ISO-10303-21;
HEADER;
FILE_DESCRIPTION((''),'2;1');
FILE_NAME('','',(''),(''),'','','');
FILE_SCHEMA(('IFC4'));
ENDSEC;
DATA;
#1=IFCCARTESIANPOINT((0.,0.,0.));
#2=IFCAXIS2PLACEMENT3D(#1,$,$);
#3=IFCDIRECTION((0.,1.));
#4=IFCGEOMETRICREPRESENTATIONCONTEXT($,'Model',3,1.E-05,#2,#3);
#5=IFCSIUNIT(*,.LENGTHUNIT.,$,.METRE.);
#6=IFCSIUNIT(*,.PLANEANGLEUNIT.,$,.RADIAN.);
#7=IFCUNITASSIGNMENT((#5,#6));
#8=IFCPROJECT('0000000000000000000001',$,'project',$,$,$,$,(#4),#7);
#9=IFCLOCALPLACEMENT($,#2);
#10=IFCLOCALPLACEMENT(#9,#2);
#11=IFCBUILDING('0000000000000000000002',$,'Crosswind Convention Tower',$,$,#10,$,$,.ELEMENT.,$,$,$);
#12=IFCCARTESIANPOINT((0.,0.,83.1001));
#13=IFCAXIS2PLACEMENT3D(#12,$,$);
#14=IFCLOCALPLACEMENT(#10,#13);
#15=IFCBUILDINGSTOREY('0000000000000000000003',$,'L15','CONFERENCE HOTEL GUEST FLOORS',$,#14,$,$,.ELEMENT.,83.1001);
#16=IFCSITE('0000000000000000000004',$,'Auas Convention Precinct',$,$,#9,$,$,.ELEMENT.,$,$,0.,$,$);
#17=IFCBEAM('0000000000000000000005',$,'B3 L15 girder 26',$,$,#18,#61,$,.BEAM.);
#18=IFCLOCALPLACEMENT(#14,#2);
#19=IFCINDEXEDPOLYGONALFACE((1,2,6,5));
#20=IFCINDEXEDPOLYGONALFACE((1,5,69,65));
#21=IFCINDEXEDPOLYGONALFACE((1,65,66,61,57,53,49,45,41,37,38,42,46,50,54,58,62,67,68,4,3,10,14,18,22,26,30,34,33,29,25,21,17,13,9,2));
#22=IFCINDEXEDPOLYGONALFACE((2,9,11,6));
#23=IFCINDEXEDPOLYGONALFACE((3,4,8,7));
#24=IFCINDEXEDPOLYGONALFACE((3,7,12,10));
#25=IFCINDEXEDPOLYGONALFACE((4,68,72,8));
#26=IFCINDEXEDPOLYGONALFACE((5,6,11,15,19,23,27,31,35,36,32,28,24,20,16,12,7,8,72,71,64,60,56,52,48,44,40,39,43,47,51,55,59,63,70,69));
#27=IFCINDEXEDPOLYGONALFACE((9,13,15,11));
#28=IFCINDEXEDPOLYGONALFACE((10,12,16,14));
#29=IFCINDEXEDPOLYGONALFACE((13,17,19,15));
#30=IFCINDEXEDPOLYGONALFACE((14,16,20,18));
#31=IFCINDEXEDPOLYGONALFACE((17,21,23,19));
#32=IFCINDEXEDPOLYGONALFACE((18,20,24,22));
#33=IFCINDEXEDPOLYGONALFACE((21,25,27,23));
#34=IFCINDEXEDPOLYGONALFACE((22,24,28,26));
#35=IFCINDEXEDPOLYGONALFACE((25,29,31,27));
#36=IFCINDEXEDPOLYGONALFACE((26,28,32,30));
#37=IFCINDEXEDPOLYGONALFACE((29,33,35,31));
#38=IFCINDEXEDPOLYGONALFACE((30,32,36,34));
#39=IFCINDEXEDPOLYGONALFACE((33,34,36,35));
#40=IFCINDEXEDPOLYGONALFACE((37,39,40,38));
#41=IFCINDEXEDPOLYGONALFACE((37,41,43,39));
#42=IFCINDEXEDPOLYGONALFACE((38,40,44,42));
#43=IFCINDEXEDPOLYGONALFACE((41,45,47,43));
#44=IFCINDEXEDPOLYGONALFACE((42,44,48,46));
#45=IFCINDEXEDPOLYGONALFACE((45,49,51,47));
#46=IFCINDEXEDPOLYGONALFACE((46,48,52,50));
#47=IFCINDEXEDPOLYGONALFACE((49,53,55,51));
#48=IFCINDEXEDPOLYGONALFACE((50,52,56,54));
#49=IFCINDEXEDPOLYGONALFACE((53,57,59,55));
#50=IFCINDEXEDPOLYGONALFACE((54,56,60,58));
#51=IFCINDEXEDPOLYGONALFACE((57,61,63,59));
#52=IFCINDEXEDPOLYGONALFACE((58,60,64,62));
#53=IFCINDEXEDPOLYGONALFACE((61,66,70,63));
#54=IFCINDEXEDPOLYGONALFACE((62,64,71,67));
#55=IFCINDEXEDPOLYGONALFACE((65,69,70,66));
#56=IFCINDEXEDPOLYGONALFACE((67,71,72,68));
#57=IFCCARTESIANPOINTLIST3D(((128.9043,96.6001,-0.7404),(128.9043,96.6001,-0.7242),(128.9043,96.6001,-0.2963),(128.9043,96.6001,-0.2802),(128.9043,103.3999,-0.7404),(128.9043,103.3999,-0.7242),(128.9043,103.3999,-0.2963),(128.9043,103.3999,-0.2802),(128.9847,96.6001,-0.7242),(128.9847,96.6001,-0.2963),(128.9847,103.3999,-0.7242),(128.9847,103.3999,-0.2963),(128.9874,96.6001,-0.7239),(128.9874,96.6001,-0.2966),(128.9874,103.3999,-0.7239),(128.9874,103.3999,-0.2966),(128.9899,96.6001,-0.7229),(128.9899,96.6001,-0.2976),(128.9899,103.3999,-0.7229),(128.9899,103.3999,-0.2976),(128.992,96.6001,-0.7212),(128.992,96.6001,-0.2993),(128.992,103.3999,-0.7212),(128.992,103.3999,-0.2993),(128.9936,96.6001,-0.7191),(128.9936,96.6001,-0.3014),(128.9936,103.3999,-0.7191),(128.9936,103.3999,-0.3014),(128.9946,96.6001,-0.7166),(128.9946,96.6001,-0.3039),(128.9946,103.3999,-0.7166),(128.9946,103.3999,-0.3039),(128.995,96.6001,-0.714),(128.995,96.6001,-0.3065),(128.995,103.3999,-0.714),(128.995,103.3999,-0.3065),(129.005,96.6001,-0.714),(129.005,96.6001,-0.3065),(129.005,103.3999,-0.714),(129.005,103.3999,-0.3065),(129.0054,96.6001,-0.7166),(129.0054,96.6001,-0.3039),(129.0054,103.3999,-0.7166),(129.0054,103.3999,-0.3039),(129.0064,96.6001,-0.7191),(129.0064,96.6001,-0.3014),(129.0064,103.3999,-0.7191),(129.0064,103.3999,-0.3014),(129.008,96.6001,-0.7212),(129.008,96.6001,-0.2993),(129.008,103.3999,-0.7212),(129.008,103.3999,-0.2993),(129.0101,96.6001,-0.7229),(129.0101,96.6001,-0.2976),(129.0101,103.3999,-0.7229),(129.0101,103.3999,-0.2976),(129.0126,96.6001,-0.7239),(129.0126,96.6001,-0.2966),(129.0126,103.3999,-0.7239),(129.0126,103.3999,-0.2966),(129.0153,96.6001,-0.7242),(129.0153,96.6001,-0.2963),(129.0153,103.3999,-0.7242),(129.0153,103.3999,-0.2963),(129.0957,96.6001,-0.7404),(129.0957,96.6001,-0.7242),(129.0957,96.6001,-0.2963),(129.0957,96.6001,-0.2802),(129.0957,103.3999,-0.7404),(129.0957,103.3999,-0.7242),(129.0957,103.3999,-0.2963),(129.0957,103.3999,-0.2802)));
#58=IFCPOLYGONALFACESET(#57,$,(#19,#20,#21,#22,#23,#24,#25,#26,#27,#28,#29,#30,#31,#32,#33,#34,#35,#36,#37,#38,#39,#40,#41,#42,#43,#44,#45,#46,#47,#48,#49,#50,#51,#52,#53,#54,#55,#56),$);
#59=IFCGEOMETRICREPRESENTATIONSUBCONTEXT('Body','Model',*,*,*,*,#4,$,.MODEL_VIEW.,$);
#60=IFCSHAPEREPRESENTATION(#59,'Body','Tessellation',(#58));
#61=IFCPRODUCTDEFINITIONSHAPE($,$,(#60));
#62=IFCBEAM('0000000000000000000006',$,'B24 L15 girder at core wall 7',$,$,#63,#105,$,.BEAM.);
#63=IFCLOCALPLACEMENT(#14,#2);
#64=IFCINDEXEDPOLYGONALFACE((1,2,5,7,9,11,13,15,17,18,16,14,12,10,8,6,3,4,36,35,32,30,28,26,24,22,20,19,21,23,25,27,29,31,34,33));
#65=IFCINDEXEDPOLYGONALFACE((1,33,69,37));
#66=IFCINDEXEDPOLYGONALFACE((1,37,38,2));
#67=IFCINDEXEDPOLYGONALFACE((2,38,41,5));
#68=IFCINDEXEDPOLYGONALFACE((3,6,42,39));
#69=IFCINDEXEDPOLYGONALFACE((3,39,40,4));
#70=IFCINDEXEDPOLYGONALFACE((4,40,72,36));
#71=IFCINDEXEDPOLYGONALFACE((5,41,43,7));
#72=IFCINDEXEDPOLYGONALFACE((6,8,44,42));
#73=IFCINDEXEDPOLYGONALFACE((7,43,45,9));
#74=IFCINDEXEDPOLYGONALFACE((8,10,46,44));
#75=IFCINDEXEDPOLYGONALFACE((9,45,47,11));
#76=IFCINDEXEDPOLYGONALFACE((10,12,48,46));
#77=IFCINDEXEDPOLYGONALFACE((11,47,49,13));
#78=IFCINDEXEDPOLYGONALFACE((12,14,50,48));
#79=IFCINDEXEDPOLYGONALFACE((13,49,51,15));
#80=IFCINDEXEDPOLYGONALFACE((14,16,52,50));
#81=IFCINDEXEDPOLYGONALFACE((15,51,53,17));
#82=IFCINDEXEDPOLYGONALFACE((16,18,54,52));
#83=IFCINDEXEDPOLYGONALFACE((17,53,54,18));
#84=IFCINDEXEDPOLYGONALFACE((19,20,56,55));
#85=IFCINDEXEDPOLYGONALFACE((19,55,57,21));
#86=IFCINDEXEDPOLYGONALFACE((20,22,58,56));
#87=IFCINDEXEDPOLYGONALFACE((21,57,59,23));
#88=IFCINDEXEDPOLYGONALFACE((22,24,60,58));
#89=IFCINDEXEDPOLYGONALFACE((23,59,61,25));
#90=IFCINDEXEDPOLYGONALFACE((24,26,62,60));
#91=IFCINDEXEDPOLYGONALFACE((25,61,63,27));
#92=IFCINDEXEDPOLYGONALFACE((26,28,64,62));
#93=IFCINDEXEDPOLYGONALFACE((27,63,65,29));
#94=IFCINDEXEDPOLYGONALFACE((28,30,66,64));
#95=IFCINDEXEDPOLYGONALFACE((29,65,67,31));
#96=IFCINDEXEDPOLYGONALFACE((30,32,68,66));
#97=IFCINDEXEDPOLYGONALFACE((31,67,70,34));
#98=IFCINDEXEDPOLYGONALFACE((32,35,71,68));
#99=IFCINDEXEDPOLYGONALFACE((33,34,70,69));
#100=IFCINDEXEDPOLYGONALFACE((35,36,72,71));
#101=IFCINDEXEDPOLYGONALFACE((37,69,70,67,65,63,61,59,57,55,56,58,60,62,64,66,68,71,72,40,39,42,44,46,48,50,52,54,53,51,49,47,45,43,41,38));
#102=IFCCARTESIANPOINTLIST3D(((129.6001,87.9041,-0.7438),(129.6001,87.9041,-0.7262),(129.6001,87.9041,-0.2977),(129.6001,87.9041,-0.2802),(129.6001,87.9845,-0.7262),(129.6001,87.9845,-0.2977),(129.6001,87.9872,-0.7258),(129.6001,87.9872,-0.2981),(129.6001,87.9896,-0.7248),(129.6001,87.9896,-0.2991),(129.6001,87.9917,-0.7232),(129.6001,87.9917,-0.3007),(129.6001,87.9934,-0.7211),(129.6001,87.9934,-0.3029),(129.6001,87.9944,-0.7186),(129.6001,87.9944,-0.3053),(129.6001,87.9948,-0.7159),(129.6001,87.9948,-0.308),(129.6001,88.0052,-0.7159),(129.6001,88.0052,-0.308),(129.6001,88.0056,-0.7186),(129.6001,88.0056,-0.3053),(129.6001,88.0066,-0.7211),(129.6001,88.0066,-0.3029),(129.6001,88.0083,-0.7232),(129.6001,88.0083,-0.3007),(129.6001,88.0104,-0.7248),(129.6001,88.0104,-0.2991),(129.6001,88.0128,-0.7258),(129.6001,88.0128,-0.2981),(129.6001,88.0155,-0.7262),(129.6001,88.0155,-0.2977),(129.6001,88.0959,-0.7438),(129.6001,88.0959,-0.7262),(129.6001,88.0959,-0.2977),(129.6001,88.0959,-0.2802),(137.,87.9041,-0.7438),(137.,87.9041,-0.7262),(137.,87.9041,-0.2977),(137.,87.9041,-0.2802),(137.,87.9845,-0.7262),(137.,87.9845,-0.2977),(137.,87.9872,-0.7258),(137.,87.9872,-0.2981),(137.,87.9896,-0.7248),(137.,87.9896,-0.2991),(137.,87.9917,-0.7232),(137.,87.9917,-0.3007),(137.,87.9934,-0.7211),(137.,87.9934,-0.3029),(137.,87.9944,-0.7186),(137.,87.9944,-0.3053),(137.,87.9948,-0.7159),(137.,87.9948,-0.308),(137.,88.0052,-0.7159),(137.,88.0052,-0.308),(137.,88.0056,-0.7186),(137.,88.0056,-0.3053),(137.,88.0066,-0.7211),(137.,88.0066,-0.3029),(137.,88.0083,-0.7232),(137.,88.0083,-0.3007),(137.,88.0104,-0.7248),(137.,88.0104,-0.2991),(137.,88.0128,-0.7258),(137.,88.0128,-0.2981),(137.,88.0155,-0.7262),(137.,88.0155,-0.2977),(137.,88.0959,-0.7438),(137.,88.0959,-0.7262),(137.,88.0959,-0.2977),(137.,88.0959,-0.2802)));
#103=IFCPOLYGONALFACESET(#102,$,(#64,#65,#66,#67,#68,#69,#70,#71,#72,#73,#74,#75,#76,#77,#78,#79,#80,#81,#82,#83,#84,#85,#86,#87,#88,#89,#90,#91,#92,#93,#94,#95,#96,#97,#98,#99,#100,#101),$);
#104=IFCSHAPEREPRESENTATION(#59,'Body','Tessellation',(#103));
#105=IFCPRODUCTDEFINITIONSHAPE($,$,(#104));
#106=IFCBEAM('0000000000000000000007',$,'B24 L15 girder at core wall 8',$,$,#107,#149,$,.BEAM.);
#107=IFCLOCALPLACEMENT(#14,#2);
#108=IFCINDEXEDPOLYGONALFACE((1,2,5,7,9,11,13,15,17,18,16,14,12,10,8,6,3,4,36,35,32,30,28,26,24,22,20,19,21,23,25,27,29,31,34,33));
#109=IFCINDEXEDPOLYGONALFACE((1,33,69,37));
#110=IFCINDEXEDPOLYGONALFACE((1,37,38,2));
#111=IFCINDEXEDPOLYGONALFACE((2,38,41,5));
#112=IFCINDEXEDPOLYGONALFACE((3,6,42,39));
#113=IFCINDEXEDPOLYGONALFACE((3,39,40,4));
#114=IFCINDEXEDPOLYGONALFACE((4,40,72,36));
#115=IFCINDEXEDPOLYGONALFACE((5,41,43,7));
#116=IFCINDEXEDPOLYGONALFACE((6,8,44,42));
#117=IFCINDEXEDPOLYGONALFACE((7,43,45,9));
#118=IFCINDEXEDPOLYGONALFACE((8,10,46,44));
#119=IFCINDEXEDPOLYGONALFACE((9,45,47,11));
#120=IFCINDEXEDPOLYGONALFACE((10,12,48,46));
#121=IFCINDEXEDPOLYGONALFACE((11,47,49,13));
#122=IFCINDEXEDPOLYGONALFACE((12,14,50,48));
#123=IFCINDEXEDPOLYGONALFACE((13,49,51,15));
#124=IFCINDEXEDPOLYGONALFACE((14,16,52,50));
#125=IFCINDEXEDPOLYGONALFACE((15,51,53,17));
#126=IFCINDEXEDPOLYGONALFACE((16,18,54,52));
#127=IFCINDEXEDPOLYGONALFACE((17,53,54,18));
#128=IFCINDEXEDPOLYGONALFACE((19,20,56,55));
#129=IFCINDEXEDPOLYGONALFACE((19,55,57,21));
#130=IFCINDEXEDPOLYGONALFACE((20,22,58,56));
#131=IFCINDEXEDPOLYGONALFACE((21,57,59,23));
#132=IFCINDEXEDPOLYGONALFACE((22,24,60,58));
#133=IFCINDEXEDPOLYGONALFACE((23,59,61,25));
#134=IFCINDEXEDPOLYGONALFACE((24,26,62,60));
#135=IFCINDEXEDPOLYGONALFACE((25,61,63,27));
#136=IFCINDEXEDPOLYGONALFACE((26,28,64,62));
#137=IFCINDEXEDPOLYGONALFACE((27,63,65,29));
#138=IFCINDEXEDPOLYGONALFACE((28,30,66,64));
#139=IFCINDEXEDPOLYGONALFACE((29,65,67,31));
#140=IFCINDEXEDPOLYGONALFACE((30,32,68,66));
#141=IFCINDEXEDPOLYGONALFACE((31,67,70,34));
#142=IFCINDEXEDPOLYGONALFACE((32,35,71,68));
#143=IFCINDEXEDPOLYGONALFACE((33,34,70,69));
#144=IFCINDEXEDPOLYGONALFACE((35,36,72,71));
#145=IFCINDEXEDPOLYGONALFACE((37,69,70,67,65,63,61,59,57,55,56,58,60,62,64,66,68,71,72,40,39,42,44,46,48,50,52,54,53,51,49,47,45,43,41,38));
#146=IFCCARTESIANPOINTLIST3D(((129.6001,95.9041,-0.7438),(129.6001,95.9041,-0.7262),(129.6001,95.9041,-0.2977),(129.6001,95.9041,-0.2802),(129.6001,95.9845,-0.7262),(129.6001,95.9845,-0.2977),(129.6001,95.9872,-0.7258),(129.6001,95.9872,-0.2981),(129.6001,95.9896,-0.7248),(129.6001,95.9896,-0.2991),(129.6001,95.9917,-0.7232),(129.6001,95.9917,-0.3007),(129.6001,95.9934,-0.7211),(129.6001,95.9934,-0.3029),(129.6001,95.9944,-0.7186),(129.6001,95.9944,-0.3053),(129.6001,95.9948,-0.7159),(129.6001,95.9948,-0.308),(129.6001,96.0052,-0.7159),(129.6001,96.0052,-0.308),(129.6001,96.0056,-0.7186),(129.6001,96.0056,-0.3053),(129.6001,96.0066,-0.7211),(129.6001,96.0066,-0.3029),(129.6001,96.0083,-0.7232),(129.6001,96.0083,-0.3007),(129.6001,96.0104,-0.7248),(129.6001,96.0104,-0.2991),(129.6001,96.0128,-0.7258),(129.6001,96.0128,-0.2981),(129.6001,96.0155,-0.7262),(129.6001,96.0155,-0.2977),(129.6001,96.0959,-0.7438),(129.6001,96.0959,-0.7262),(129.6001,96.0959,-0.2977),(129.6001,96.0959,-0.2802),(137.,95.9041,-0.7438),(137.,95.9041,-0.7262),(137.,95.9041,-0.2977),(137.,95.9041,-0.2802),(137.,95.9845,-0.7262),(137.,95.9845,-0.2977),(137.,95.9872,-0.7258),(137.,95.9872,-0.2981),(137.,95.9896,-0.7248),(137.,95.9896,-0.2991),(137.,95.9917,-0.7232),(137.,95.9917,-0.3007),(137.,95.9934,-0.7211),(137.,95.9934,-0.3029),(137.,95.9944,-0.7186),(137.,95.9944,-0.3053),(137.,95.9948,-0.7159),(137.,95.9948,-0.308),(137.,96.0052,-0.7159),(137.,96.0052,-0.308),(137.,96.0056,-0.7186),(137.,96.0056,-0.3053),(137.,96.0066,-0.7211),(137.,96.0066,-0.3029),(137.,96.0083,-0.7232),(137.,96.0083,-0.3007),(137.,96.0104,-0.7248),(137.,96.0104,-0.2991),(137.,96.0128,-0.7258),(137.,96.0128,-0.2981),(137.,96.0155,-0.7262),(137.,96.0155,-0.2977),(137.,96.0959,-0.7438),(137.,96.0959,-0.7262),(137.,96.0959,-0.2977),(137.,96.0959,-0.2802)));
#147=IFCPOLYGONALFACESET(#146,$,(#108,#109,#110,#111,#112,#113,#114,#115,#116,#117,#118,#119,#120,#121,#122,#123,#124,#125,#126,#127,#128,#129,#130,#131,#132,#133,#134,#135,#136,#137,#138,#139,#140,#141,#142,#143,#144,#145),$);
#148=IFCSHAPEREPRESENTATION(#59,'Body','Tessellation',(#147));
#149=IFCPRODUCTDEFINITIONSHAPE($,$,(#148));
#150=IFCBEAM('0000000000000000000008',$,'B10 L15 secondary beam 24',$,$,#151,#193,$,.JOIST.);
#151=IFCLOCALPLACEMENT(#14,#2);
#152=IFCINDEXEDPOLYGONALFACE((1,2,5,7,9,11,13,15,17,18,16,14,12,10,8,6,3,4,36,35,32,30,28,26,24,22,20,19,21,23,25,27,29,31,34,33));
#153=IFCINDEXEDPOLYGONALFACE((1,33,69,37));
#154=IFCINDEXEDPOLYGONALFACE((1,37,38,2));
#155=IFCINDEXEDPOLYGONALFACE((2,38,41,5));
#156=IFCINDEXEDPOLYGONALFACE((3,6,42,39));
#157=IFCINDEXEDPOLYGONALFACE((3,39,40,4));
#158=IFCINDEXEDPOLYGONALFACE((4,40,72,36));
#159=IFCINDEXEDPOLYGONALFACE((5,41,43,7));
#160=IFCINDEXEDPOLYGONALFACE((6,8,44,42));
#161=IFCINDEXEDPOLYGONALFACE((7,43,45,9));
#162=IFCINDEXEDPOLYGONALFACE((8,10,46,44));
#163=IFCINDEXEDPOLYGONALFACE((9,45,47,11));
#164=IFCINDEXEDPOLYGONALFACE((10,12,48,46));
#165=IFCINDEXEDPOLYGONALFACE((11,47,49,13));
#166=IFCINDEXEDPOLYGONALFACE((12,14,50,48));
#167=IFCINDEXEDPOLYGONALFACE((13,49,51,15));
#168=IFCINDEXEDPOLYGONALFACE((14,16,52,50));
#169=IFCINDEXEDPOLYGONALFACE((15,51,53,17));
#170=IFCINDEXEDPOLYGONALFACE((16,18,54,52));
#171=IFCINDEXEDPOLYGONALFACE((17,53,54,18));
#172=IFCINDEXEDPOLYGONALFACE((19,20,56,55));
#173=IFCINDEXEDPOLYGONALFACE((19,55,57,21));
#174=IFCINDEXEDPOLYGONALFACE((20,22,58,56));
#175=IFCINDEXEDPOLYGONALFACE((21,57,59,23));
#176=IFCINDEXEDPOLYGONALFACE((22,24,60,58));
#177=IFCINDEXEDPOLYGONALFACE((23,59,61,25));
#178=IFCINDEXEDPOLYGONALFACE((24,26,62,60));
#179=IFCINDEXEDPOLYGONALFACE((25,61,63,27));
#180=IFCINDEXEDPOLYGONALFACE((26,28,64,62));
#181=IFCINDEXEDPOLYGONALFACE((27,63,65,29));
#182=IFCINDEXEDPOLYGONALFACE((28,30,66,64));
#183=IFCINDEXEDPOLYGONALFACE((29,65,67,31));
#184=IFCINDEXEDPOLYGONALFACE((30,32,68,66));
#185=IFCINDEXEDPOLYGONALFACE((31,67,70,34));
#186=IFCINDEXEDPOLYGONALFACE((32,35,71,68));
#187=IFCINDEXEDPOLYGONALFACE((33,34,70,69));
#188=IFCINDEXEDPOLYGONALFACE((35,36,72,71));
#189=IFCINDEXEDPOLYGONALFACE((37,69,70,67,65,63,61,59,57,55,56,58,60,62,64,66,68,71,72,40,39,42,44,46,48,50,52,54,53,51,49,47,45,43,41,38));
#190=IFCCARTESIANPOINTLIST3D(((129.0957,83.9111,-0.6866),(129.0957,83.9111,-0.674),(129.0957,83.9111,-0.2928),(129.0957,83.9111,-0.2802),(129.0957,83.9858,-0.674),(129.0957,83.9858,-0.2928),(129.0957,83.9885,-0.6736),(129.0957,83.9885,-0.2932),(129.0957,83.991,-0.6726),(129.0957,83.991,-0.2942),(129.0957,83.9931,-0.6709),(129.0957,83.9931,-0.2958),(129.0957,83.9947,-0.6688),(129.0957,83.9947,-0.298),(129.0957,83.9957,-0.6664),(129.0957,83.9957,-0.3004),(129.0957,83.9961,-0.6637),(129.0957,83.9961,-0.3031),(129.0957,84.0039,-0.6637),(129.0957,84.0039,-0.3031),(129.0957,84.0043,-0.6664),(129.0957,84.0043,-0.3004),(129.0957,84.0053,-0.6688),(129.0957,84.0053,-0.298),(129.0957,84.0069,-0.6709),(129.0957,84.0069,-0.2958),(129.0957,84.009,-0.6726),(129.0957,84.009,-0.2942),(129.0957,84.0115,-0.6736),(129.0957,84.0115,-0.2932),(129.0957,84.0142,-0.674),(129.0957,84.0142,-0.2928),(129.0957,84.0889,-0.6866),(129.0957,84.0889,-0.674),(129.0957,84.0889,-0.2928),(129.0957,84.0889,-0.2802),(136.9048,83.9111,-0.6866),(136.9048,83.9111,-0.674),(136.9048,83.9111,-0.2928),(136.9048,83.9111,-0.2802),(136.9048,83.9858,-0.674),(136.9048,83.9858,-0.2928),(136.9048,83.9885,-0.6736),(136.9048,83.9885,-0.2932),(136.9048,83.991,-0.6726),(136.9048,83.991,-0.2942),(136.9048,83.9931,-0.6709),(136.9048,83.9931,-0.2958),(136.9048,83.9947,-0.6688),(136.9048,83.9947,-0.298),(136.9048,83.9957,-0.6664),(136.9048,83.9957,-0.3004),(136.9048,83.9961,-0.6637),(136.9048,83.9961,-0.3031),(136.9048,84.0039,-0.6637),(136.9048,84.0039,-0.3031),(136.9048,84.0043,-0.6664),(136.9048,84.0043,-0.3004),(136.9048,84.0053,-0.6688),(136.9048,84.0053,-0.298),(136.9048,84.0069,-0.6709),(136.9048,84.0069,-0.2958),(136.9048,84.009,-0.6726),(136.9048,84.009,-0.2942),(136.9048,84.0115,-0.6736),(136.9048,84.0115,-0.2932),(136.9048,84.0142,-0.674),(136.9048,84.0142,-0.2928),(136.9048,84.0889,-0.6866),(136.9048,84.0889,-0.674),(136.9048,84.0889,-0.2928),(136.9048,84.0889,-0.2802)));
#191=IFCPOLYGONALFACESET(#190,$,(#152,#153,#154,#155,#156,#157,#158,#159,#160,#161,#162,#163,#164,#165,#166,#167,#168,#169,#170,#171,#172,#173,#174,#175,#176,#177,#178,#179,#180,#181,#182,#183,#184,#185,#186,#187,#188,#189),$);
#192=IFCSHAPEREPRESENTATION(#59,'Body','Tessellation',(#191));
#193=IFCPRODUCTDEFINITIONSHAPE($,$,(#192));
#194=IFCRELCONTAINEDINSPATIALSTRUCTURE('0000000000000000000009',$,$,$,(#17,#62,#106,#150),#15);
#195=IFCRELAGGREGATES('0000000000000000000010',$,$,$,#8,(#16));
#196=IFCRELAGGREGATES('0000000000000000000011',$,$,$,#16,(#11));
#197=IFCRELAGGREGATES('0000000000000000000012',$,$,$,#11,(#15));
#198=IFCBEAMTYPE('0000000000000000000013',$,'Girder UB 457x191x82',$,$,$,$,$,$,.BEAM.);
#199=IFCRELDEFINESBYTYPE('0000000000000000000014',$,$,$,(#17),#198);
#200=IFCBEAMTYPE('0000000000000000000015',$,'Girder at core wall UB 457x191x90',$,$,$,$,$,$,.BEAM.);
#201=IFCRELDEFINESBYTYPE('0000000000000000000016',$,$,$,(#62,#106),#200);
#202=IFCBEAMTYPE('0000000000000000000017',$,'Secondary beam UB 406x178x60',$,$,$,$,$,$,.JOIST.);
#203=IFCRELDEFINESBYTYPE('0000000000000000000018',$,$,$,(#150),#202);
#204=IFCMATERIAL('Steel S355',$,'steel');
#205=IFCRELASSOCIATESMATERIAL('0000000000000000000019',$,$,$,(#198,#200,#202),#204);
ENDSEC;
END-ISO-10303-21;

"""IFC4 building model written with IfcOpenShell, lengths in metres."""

from ifc_helpers import new_model, si_unit, direction, frame, origin, origin_2d, place, context, subcontext, project, spatial, i_section, extrude, material, material_profile, profile_set, type_object, element, save


model = new_model("IFC4")

# Units and contexts
model_context = context("Model", 3, precision=1e-05, world=origin(), true_north=direction((0.0, 1.0)))
body_context = subcontext(model_context, "Body", "Model", "MODEL_VIEW")
ifc_project = project(units=[si_unit("LENGTHUNIT", "METRE"), si_unit("PLANEANGLEUNIT", "RADIAN")], contexts=[model_context])

# Site, building, storey
site_placement = place(None, origin())
site = spatial("IfcSite", under=ifc_project, at=site_placement, Name="Auas Convention Precinct", CompositionType="ELEMENT", RefElevation=0.0)
building_placement = place(site_placement, origin())
building = spatial("IfcBuilding", under=site, at=building_placement, Name="Crosswind Convention Tower", CompositionType="ELEMENT")
storey_placement = place(building_placement, frame((0.0, 0.0, 83.1001)))
storey = spatial("IfcBuildingStorey", under=building, at=storey_placement, Name="L15", Description="CONFERENCE HOTEL GUEST FLOORS", CompositionType="ELEMENT", Elevation=83.1001)

# Beams
ifc_material_1 = material(Name="Steel S355", Category="steel")
ifc_material_profile_1 = material_profile(ifc_material_1, i_section(OverallWidth=0.1914, OverallDepth=0.4602, WebThickness=0.01, FlangeThickness=0.0161, FilletRadius=0.0103, at=origin_2d()), Name="UB 457x191x82")
ifc_profile_set_1 = profile_set([ifc_material_profile_1], Name="Steel S355")
beam_type_1 = type_object("IfcBeamType", Name="Girder UB 457x191x82", PredefinedType="BEAM", material=ifc_profile_set_1)
for number, where, z_axis, x_axis, name in (
    (1, (129.0, 96.6001, -0.5103), (0.0, 1.0, 0.0), (-1.0, 0.0, 0.0), "B3 L15 girder 26"),
):
    element("IfcBeam", number, at=place(storey_placement, frame(where, z_axis=z_axis, x_axis=x_axis)), inside=storey, type_object=beam_type_1, Name=name, PredefinedType="BEAM", context=body_context, shape_type="SweptSolid", body=[
        extrude(i_section(OverallWidth=0.1914, OverallDepth=0.4602, WebThickness=0.01, FlangeThickness=0.0161, FilletRadius=0.0103, at=origin_2d()), origin(), (0.0, 0.0, 1.0), 6.7998),
    ])
ifc_material_profile_2 = material_profile(ifc_material_1, i_section(OverallWidth=0.1919, OverallDepth=0.4636, WebThickness=0.0105, FlangeThickness=0.0176, FilletRadius=0.0103, at=origin_2d()), Name="UB 457x191x90")
ifc_profile_set_2 = profile_set([ifc_material_profile_2], Name="Steel S355")
beam_type_2 = type_object("IfcBeamType", Name="Girder at core wall UB 457x191x90", PredefinedType="BEAM", material=ifc_profile_set_2)
for number, where, z_axis, x_axis, name in (
    (2, (129.6001, 88.0, -0.512), (1.0, 0.0, 0.0), (0.0, 1.0, 0.0), "B24 L15 girder at core wall 7"),
    (3, (129.6001, 96.0, -0.512), (1.0, 0.0, 0.0), (0.0, 1.0, 0.0), "B24 L15 girder at core wall 8"),
):
    element("IfcBeam", number, at=place(storey_placement, frame(where, z_axis=z_axis, x_axis=x_axis)), inside=storey, type_object=beam_type_2, Name=name, PredefinedType="BEAM", context=body_context, shape_type="SweptSolid", body=[
        extrude(i_section(OverallWidth=0.1919, OverallDepth=0.4636, WebThickness=0.0105, FlangeThickness=0.0176, FilletRadius=0.0103, at=origin_2d()), origin(), (0.0, 0.0, 1.0), 7.3999),
    ])
ifc_material_profile_3 = material_profile(ifc_material_1, i_section(OverallWidth=0.1777, OverallDepth=0.4065, WebThickness=0.0078, FlangeThickness=0.0127, FilletRadius=0.0103, at=origin_2d()), Name="UB 406x178x60")
ifc_profile_set_3 = profile_set([ifc_material_profile_3], Name="Steel S355")
beam_type_3 = type_object("IfcBeamType", Name="Secondary beam UB 406x178x60", PredefinedType="JOIST", material=ifc_profile_set_3)
beam_1_placement = place(storey_placement, frame((129.0957, 84.0, -0.4834), z_axis=(1.0, 0.0, 0.0), x_axis=(0.0, 1.0, 0.0)))
element("IfcBeam", 4, at=beam_1_placement, inside=storey, type_object=beam_type_3, Name="B10 L15 secondary beam 24", PredefinedType="JOIST", context=body_context, shape_type="SweptSolid", body=[
    extrude(i_section(OverallWidth=0.1777, OverallDepth=0.4065, WebThickness=0.0078, FlangeThickness=0.0127, FilletRadius=0.0103, at=origin_2d()), origin(), (0.0, 0.0, 1.0), 7.8091),
])

save(model, "model.ifc")
